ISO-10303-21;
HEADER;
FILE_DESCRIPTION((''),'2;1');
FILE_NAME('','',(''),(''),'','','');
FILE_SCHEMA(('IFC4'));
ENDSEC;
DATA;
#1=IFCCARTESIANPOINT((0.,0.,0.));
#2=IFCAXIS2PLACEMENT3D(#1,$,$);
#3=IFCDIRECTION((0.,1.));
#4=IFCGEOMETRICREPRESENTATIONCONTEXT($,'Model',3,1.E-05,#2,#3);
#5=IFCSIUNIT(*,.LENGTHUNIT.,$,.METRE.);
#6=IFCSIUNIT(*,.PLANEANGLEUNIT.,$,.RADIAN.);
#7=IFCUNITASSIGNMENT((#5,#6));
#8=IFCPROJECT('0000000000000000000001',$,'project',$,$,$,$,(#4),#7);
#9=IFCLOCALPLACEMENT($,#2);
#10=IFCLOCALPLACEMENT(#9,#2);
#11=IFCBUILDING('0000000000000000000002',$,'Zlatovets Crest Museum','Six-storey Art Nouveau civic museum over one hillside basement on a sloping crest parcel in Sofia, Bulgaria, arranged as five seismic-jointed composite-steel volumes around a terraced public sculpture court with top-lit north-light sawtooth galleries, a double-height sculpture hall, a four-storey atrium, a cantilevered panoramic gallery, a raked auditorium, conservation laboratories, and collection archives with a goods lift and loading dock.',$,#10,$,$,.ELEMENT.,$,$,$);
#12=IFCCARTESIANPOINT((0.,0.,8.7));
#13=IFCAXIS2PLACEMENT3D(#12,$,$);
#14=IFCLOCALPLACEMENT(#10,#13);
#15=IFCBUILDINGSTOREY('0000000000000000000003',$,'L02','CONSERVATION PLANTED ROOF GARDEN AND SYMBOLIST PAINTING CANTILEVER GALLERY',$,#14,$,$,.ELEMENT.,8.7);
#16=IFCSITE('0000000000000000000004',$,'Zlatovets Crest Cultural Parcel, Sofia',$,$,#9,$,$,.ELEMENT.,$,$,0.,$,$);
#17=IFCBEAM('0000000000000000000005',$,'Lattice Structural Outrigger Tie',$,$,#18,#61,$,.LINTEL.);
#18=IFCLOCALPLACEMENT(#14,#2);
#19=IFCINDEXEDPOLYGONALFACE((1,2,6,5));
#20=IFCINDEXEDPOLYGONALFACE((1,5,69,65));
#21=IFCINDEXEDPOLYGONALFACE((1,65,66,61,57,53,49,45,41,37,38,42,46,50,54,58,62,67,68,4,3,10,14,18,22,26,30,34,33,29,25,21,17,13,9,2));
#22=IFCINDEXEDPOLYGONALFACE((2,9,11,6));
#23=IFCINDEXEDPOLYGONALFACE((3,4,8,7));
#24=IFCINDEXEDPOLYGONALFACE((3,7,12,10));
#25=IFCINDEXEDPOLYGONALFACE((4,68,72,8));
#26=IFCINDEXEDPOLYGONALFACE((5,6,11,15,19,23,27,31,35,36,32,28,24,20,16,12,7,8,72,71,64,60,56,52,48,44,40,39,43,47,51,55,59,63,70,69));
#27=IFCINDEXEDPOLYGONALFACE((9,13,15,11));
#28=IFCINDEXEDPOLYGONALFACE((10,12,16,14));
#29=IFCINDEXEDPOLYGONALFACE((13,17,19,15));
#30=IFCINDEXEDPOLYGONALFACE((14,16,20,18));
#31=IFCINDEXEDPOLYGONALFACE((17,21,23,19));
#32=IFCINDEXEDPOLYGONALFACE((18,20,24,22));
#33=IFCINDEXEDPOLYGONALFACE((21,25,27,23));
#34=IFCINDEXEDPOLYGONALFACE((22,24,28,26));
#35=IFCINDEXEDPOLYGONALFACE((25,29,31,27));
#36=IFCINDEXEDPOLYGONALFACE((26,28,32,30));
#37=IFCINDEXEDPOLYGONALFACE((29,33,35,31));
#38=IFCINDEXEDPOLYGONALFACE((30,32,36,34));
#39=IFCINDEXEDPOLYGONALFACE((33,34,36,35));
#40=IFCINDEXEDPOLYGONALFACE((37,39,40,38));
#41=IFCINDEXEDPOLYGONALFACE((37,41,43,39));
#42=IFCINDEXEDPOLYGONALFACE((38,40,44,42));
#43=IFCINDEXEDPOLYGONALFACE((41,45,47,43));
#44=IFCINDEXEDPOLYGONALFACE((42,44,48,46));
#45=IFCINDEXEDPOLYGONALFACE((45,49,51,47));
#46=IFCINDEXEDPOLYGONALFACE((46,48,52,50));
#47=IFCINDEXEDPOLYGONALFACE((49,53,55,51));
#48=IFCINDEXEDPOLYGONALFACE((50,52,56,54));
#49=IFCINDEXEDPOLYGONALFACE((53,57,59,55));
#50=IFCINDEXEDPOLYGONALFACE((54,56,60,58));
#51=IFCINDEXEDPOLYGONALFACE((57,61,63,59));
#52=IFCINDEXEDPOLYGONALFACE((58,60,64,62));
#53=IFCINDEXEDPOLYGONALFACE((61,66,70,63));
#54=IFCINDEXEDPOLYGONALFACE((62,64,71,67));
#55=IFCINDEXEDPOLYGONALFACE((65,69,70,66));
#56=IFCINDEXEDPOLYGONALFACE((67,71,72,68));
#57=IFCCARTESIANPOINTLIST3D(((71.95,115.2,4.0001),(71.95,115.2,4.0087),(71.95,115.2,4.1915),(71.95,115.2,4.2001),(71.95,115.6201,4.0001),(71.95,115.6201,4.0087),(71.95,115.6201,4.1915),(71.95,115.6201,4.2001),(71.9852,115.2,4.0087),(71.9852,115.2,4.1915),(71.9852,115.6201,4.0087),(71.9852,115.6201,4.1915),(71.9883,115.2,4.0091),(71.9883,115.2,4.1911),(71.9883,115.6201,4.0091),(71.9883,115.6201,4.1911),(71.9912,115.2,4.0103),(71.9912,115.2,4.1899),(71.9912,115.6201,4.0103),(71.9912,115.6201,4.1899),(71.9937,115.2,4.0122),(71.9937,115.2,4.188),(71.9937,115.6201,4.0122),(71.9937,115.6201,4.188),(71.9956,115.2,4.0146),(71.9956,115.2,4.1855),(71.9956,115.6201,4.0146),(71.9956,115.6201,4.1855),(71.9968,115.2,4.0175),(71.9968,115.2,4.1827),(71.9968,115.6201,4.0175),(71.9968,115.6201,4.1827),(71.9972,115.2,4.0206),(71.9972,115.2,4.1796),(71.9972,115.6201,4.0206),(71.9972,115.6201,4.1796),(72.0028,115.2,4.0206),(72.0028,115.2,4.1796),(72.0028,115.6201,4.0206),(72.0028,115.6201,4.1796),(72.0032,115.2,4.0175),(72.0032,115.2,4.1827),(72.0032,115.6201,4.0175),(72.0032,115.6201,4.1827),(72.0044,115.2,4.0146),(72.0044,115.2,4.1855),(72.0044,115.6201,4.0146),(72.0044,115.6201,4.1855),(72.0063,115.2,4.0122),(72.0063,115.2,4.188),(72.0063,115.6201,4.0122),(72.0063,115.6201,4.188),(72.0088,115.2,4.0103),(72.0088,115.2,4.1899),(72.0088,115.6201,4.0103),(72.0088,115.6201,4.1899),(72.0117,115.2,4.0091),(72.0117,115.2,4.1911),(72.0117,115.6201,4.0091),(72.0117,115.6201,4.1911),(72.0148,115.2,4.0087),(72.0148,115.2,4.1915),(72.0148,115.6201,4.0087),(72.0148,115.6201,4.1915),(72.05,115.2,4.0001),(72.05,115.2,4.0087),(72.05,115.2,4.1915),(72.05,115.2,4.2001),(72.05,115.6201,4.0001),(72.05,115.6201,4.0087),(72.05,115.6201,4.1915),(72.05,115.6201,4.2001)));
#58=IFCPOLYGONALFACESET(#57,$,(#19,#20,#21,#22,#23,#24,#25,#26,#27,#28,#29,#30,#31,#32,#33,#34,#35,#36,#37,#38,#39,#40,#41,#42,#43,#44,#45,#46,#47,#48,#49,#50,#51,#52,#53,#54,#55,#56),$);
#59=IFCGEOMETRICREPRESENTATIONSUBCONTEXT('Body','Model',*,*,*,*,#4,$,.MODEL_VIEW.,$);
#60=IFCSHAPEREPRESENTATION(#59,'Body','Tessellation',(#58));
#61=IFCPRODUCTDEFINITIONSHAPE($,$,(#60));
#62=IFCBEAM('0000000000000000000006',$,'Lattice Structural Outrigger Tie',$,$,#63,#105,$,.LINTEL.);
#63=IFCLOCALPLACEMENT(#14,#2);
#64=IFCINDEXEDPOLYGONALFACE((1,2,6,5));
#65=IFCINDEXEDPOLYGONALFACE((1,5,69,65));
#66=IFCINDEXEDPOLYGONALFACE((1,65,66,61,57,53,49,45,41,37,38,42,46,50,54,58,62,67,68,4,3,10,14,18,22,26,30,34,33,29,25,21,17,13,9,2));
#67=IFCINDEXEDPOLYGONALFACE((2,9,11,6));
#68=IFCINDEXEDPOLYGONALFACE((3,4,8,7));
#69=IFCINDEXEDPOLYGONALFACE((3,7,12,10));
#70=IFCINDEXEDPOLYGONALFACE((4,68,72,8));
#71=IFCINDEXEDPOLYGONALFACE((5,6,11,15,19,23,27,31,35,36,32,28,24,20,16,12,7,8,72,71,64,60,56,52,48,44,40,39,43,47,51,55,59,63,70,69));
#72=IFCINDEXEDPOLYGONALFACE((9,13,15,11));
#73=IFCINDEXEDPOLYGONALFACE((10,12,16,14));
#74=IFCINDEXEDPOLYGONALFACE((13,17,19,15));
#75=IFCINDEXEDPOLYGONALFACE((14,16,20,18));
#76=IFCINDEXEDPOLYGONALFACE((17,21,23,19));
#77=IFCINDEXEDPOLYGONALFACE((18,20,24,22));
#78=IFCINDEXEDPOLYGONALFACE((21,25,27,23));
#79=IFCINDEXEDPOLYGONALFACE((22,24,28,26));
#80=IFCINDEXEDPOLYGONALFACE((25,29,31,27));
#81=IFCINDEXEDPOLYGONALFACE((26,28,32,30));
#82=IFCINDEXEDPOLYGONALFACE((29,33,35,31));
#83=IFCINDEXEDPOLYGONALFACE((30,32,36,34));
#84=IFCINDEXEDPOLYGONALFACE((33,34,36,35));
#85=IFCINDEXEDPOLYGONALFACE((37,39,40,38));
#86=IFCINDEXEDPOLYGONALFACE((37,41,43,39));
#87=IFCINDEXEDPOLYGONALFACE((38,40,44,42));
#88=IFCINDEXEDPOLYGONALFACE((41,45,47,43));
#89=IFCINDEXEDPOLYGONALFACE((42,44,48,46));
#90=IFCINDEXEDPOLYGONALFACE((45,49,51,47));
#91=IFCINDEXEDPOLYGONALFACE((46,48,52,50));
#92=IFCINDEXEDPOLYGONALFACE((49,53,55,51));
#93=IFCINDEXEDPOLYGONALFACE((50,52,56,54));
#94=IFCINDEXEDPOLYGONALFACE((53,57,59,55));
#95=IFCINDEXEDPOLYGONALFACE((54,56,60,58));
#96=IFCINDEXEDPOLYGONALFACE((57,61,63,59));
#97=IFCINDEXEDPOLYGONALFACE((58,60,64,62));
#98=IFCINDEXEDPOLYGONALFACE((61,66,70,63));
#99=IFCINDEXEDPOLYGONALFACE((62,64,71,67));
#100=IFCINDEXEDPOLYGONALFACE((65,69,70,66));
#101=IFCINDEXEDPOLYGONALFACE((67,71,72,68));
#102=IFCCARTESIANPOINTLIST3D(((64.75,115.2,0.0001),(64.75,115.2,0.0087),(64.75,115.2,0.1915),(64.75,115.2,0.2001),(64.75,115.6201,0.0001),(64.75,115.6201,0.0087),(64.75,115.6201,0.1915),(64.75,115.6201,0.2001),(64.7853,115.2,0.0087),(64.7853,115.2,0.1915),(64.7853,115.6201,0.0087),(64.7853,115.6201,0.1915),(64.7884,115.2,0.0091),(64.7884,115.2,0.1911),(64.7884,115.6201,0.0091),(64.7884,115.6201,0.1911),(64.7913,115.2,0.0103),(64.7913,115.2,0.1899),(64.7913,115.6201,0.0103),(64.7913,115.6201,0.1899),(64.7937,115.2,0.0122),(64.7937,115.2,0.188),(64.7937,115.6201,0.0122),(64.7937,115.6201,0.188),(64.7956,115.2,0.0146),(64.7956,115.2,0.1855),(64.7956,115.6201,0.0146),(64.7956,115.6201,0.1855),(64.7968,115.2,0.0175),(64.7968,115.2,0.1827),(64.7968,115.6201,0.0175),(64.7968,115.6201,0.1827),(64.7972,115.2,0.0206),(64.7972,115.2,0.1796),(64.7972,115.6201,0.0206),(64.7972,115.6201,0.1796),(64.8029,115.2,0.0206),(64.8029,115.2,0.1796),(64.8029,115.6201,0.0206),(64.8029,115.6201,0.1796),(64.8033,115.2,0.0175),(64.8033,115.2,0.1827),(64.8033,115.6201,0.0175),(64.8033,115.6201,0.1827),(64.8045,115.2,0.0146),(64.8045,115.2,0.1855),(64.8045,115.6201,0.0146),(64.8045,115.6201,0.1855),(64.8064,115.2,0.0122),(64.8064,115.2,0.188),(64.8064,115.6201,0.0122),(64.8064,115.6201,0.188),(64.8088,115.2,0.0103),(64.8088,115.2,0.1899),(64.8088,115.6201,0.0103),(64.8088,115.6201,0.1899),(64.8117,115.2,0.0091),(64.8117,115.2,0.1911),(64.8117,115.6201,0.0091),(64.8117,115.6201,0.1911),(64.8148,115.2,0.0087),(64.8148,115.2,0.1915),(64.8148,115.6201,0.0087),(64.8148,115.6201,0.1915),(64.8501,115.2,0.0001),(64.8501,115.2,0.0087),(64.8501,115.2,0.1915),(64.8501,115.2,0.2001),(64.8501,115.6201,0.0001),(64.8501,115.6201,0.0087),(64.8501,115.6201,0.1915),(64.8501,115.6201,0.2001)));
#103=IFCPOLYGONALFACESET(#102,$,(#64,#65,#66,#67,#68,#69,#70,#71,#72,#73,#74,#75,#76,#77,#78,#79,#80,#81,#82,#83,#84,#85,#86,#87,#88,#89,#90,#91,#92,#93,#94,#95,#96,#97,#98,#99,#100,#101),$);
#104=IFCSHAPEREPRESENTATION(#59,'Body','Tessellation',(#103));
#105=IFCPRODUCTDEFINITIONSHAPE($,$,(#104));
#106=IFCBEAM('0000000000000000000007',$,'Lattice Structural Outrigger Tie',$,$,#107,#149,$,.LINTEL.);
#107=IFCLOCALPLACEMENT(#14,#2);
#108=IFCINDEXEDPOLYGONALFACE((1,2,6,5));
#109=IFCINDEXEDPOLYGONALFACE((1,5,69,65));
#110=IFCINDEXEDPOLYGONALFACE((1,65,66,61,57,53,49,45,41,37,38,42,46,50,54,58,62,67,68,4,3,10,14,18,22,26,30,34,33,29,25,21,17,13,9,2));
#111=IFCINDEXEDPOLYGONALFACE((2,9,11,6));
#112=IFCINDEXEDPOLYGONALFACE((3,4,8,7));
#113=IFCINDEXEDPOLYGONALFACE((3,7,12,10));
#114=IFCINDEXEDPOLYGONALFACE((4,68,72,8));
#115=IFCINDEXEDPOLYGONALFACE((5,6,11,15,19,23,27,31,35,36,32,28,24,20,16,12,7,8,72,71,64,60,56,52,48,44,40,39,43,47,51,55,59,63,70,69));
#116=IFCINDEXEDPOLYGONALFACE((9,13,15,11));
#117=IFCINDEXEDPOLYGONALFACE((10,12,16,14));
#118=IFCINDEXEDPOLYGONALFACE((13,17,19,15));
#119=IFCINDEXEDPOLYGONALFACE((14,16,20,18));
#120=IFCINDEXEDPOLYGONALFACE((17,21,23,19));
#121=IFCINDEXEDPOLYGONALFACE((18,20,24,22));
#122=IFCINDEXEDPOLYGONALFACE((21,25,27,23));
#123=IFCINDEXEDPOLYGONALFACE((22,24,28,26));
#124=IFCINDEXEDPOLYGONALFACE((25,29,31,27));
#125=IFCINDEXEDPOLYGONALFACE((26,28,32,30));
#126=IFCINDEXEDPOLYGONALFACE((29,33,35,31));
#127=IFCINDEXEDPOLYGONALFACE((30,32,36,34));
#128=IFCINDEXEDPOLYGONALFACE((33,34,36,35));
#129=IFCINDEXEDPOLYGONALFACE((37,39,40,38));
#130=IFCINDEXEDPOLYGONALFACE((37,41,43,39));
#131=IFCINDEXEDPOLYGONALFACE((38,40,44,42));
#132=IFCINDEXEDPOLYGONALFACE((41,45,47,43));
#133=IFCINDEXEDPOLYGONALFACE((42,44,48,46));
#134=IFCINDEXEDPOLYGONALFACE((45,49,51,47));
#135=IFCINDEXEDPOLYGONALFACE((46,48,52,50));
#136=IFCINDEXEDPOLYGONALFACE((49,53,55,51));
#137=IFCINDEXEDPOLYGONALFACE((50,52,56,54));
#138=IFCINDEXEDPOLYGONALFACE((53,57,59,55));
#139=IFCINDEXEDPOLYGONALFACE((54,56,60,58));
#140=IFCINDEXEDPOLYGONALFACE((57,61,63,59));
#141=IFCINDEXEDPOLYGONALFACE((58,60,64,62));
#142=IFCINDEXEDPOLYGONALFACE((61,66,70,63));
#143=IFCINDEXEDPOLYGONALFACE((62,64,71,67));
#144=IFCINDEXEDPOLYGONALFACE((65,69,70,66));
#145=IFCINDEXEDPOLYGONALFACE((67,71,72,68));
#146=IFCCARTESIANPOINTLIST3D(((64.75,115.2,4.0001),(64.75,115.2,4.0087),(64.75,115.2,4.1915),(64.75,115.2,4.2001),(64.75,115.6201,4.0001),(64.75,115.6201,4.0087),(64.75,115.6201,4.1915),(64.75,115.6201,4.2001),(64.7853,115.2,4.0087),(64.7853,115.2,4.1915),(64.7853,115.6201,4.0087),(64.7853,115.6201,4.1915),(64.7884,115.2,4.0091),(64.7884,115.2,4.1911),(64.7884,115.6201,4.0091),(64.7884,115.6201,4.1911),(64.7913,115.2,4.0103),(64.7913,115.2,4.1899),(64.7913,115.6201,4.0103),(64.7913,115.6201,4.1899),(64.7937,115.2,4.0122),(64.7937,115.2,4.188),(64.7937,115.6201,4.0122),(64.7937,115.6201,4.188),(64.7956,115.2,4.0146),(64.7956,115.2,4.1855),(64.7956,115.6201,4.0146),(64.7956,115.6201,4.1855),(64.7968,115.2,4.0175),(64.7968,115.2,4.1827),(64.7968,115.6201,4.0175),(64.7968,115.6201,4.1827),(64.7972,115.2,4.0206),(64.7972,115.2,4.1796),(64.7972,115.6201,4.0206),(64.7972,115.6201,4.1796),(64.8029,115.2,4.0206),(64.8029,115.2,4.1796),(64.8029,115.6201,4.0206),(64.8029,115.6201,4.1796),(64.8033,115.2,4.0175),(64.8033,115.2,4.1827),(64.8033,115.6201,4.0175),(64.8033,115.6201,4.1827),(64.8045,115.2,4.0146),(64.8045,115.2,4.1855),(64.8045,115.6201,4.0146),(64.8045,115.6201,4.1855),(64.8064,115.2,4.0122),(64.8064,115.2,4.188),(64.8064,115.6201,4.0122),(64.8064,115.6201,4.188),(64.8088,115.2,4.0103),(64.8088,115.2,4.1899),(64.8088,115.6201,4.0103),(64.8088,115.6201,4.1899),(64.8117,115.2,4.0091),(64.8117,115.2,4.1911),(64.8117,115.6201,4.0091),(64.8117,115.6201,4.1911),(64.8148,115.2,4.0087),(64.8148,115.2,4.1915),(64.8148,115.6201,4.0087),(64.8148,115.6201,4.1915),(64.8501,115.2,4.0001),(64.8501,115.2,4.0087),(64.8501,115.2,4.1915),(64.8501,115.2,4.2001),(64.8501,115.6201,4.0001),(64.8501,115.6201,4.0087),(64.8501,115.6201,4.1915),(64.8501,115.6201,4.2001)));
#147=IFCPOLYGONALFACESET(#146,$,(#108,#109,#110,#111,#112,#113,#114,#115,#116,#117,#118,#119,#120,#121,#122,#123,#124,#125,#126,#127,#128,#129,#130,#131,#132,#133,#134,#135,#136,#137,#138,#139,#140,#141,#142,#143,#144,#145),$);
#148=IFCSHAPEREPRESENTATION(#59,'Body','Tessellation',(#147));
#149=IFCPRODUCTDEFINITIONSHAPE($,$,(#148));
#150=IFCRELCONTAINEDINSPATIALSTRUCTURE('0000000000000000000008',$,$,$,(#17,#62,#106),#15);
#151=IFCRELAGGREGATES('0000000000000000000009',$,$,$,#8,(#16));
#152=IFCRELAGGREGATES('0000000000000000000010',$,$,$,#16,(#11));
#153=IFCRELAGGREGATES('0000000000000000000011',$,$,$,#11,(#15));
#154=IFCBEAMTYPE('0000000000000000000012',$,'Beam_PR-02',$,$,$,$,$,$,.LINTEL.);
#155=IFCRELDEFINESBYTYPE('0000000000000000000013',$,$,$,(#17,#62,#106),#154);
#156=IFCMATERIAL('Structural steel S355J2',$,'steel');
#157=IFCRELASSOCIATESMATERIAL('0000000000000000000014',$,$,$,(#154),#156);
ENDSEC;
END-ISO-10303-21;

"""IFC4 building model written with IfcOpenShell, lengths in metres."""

from ifc_helpers import new_model, si_unit, direction, frame, origin, origin_2d, place, context, subcontext, project, spatial, i_section, extrude, material, material_profile, profile_set, type_object, element, save


model = new_model("IFC4")

# Units and contexts
model_context = context("Model", 3, precision=1e-05, world=origin(), true_north=direction((0.0, 1.0)))
body_context = subcontext(model_context, "Body", "Model", "MODEL_VIEW")
ifc_project = project(units=[si_unit("LENGTHUNIT", "METRE"), si_unit("PLANEANGLEUNIT", "RADIAN")], contexts=[model_context])

# Site, building, storey
site_placement = place(None, origin())
site = spatial("IfcSite", under=ifc_project, at=site_placement, Name="Zlatovets Crest Cultural Parcel, Sofia", CompositionType="ELEMENT", RefElevation=0.0)
building_placement = place(site_placement, origin())
building = spatial("IfcBuilding", under=site, at=building_placement, Name="Zlatovets Crest Museum", Description="Six-storey Art Nouveau civic museum over one hillside basement on a sloping crest parcel in Sofia, Bulgaria, arranged as five seismic-jointed composite-steel volumes around a terraced public sculpture court with top-lit north-light sawtooth galleries, a double-height sculpture hall, a four-storey atrium, a cantilevered panoramic gallery, a raked auditorium, conservation laboratories, and collection archives with a goods lift and loading dock.", CompositionType="ELEMENT")
storey_placement = place(building_placement, frame((0.0, 0.0, 8.7)))
storey = spatial("IfcBuildingStorey", under=building, at=storey_placement, Name="L02", Description="CONSERVATION PLANTED ROOF GARDEN AND SYMBOLIST PAINTING CANTILEVER GALLERY", CompositionType="ELEMENT", Elevation=8.7)

# Shared definitions
ifc_material_1 = material(Name="Structural steel S355J2", Category="steel")

# Beams
ifc_material_profile_1 = material_profile(ifc_material_1, i_section(OverallWidth=0.1001, OverallDepth=0.2, WebThickness=0.0056, FlangeThickness=0.0085, FilletRadius=0.012, at=origin_2d()), Name="IPE 200")
ifc_profile_set_1 = profile_set([ifc_material_profile_1], Name="Structural steel S355J2")
beam_type_1 = type_object("IfcBeamType", Name="Beam_PR-02", PredefinedType="LINTEL", material=ifc_profile_set_1)
for number, where, z_axis, x_axis, name in (
    (1, (72.0, 115.2, 4.1001), (0.0, 1.0, 0.0), (-1.0, 0.0, 0.0), "Lattice Structural Outrigger Tie"),
    (2, (64.8, 115.2, 0.1001), (0.0, 1.0, 0.0), (-1.0, 0.0, 0.0), "Lattice Structural Outrigger Tie"),
    (3, (64.8, 115.2, 4.1001), (0.0, 1.0, 0.0), (-1.0, 0.0, 0.0), "Lattice Structural Outrigger Tie"),
):
    element("IfcBeam", number, at=place(storey_placement, frame(where, z_axis=z_axis, x_axis=x_axis)), inside=storey, type_object=beam_type_1, Name=name, PredefinedType="LINTEL", context=body_context, shape_type="SweptSolid", body=[
        extrude(i_section(OverallWidth=0.1001, OverallDepth=0.2, WebThickness=0.0056, FlangeThickness=0.0085, FilletRadius=0.012, at=origin_2d()), origin(), (0.0, 0.0, 1.0), 0.4202),
    ])

save(model, "model.ifc")
